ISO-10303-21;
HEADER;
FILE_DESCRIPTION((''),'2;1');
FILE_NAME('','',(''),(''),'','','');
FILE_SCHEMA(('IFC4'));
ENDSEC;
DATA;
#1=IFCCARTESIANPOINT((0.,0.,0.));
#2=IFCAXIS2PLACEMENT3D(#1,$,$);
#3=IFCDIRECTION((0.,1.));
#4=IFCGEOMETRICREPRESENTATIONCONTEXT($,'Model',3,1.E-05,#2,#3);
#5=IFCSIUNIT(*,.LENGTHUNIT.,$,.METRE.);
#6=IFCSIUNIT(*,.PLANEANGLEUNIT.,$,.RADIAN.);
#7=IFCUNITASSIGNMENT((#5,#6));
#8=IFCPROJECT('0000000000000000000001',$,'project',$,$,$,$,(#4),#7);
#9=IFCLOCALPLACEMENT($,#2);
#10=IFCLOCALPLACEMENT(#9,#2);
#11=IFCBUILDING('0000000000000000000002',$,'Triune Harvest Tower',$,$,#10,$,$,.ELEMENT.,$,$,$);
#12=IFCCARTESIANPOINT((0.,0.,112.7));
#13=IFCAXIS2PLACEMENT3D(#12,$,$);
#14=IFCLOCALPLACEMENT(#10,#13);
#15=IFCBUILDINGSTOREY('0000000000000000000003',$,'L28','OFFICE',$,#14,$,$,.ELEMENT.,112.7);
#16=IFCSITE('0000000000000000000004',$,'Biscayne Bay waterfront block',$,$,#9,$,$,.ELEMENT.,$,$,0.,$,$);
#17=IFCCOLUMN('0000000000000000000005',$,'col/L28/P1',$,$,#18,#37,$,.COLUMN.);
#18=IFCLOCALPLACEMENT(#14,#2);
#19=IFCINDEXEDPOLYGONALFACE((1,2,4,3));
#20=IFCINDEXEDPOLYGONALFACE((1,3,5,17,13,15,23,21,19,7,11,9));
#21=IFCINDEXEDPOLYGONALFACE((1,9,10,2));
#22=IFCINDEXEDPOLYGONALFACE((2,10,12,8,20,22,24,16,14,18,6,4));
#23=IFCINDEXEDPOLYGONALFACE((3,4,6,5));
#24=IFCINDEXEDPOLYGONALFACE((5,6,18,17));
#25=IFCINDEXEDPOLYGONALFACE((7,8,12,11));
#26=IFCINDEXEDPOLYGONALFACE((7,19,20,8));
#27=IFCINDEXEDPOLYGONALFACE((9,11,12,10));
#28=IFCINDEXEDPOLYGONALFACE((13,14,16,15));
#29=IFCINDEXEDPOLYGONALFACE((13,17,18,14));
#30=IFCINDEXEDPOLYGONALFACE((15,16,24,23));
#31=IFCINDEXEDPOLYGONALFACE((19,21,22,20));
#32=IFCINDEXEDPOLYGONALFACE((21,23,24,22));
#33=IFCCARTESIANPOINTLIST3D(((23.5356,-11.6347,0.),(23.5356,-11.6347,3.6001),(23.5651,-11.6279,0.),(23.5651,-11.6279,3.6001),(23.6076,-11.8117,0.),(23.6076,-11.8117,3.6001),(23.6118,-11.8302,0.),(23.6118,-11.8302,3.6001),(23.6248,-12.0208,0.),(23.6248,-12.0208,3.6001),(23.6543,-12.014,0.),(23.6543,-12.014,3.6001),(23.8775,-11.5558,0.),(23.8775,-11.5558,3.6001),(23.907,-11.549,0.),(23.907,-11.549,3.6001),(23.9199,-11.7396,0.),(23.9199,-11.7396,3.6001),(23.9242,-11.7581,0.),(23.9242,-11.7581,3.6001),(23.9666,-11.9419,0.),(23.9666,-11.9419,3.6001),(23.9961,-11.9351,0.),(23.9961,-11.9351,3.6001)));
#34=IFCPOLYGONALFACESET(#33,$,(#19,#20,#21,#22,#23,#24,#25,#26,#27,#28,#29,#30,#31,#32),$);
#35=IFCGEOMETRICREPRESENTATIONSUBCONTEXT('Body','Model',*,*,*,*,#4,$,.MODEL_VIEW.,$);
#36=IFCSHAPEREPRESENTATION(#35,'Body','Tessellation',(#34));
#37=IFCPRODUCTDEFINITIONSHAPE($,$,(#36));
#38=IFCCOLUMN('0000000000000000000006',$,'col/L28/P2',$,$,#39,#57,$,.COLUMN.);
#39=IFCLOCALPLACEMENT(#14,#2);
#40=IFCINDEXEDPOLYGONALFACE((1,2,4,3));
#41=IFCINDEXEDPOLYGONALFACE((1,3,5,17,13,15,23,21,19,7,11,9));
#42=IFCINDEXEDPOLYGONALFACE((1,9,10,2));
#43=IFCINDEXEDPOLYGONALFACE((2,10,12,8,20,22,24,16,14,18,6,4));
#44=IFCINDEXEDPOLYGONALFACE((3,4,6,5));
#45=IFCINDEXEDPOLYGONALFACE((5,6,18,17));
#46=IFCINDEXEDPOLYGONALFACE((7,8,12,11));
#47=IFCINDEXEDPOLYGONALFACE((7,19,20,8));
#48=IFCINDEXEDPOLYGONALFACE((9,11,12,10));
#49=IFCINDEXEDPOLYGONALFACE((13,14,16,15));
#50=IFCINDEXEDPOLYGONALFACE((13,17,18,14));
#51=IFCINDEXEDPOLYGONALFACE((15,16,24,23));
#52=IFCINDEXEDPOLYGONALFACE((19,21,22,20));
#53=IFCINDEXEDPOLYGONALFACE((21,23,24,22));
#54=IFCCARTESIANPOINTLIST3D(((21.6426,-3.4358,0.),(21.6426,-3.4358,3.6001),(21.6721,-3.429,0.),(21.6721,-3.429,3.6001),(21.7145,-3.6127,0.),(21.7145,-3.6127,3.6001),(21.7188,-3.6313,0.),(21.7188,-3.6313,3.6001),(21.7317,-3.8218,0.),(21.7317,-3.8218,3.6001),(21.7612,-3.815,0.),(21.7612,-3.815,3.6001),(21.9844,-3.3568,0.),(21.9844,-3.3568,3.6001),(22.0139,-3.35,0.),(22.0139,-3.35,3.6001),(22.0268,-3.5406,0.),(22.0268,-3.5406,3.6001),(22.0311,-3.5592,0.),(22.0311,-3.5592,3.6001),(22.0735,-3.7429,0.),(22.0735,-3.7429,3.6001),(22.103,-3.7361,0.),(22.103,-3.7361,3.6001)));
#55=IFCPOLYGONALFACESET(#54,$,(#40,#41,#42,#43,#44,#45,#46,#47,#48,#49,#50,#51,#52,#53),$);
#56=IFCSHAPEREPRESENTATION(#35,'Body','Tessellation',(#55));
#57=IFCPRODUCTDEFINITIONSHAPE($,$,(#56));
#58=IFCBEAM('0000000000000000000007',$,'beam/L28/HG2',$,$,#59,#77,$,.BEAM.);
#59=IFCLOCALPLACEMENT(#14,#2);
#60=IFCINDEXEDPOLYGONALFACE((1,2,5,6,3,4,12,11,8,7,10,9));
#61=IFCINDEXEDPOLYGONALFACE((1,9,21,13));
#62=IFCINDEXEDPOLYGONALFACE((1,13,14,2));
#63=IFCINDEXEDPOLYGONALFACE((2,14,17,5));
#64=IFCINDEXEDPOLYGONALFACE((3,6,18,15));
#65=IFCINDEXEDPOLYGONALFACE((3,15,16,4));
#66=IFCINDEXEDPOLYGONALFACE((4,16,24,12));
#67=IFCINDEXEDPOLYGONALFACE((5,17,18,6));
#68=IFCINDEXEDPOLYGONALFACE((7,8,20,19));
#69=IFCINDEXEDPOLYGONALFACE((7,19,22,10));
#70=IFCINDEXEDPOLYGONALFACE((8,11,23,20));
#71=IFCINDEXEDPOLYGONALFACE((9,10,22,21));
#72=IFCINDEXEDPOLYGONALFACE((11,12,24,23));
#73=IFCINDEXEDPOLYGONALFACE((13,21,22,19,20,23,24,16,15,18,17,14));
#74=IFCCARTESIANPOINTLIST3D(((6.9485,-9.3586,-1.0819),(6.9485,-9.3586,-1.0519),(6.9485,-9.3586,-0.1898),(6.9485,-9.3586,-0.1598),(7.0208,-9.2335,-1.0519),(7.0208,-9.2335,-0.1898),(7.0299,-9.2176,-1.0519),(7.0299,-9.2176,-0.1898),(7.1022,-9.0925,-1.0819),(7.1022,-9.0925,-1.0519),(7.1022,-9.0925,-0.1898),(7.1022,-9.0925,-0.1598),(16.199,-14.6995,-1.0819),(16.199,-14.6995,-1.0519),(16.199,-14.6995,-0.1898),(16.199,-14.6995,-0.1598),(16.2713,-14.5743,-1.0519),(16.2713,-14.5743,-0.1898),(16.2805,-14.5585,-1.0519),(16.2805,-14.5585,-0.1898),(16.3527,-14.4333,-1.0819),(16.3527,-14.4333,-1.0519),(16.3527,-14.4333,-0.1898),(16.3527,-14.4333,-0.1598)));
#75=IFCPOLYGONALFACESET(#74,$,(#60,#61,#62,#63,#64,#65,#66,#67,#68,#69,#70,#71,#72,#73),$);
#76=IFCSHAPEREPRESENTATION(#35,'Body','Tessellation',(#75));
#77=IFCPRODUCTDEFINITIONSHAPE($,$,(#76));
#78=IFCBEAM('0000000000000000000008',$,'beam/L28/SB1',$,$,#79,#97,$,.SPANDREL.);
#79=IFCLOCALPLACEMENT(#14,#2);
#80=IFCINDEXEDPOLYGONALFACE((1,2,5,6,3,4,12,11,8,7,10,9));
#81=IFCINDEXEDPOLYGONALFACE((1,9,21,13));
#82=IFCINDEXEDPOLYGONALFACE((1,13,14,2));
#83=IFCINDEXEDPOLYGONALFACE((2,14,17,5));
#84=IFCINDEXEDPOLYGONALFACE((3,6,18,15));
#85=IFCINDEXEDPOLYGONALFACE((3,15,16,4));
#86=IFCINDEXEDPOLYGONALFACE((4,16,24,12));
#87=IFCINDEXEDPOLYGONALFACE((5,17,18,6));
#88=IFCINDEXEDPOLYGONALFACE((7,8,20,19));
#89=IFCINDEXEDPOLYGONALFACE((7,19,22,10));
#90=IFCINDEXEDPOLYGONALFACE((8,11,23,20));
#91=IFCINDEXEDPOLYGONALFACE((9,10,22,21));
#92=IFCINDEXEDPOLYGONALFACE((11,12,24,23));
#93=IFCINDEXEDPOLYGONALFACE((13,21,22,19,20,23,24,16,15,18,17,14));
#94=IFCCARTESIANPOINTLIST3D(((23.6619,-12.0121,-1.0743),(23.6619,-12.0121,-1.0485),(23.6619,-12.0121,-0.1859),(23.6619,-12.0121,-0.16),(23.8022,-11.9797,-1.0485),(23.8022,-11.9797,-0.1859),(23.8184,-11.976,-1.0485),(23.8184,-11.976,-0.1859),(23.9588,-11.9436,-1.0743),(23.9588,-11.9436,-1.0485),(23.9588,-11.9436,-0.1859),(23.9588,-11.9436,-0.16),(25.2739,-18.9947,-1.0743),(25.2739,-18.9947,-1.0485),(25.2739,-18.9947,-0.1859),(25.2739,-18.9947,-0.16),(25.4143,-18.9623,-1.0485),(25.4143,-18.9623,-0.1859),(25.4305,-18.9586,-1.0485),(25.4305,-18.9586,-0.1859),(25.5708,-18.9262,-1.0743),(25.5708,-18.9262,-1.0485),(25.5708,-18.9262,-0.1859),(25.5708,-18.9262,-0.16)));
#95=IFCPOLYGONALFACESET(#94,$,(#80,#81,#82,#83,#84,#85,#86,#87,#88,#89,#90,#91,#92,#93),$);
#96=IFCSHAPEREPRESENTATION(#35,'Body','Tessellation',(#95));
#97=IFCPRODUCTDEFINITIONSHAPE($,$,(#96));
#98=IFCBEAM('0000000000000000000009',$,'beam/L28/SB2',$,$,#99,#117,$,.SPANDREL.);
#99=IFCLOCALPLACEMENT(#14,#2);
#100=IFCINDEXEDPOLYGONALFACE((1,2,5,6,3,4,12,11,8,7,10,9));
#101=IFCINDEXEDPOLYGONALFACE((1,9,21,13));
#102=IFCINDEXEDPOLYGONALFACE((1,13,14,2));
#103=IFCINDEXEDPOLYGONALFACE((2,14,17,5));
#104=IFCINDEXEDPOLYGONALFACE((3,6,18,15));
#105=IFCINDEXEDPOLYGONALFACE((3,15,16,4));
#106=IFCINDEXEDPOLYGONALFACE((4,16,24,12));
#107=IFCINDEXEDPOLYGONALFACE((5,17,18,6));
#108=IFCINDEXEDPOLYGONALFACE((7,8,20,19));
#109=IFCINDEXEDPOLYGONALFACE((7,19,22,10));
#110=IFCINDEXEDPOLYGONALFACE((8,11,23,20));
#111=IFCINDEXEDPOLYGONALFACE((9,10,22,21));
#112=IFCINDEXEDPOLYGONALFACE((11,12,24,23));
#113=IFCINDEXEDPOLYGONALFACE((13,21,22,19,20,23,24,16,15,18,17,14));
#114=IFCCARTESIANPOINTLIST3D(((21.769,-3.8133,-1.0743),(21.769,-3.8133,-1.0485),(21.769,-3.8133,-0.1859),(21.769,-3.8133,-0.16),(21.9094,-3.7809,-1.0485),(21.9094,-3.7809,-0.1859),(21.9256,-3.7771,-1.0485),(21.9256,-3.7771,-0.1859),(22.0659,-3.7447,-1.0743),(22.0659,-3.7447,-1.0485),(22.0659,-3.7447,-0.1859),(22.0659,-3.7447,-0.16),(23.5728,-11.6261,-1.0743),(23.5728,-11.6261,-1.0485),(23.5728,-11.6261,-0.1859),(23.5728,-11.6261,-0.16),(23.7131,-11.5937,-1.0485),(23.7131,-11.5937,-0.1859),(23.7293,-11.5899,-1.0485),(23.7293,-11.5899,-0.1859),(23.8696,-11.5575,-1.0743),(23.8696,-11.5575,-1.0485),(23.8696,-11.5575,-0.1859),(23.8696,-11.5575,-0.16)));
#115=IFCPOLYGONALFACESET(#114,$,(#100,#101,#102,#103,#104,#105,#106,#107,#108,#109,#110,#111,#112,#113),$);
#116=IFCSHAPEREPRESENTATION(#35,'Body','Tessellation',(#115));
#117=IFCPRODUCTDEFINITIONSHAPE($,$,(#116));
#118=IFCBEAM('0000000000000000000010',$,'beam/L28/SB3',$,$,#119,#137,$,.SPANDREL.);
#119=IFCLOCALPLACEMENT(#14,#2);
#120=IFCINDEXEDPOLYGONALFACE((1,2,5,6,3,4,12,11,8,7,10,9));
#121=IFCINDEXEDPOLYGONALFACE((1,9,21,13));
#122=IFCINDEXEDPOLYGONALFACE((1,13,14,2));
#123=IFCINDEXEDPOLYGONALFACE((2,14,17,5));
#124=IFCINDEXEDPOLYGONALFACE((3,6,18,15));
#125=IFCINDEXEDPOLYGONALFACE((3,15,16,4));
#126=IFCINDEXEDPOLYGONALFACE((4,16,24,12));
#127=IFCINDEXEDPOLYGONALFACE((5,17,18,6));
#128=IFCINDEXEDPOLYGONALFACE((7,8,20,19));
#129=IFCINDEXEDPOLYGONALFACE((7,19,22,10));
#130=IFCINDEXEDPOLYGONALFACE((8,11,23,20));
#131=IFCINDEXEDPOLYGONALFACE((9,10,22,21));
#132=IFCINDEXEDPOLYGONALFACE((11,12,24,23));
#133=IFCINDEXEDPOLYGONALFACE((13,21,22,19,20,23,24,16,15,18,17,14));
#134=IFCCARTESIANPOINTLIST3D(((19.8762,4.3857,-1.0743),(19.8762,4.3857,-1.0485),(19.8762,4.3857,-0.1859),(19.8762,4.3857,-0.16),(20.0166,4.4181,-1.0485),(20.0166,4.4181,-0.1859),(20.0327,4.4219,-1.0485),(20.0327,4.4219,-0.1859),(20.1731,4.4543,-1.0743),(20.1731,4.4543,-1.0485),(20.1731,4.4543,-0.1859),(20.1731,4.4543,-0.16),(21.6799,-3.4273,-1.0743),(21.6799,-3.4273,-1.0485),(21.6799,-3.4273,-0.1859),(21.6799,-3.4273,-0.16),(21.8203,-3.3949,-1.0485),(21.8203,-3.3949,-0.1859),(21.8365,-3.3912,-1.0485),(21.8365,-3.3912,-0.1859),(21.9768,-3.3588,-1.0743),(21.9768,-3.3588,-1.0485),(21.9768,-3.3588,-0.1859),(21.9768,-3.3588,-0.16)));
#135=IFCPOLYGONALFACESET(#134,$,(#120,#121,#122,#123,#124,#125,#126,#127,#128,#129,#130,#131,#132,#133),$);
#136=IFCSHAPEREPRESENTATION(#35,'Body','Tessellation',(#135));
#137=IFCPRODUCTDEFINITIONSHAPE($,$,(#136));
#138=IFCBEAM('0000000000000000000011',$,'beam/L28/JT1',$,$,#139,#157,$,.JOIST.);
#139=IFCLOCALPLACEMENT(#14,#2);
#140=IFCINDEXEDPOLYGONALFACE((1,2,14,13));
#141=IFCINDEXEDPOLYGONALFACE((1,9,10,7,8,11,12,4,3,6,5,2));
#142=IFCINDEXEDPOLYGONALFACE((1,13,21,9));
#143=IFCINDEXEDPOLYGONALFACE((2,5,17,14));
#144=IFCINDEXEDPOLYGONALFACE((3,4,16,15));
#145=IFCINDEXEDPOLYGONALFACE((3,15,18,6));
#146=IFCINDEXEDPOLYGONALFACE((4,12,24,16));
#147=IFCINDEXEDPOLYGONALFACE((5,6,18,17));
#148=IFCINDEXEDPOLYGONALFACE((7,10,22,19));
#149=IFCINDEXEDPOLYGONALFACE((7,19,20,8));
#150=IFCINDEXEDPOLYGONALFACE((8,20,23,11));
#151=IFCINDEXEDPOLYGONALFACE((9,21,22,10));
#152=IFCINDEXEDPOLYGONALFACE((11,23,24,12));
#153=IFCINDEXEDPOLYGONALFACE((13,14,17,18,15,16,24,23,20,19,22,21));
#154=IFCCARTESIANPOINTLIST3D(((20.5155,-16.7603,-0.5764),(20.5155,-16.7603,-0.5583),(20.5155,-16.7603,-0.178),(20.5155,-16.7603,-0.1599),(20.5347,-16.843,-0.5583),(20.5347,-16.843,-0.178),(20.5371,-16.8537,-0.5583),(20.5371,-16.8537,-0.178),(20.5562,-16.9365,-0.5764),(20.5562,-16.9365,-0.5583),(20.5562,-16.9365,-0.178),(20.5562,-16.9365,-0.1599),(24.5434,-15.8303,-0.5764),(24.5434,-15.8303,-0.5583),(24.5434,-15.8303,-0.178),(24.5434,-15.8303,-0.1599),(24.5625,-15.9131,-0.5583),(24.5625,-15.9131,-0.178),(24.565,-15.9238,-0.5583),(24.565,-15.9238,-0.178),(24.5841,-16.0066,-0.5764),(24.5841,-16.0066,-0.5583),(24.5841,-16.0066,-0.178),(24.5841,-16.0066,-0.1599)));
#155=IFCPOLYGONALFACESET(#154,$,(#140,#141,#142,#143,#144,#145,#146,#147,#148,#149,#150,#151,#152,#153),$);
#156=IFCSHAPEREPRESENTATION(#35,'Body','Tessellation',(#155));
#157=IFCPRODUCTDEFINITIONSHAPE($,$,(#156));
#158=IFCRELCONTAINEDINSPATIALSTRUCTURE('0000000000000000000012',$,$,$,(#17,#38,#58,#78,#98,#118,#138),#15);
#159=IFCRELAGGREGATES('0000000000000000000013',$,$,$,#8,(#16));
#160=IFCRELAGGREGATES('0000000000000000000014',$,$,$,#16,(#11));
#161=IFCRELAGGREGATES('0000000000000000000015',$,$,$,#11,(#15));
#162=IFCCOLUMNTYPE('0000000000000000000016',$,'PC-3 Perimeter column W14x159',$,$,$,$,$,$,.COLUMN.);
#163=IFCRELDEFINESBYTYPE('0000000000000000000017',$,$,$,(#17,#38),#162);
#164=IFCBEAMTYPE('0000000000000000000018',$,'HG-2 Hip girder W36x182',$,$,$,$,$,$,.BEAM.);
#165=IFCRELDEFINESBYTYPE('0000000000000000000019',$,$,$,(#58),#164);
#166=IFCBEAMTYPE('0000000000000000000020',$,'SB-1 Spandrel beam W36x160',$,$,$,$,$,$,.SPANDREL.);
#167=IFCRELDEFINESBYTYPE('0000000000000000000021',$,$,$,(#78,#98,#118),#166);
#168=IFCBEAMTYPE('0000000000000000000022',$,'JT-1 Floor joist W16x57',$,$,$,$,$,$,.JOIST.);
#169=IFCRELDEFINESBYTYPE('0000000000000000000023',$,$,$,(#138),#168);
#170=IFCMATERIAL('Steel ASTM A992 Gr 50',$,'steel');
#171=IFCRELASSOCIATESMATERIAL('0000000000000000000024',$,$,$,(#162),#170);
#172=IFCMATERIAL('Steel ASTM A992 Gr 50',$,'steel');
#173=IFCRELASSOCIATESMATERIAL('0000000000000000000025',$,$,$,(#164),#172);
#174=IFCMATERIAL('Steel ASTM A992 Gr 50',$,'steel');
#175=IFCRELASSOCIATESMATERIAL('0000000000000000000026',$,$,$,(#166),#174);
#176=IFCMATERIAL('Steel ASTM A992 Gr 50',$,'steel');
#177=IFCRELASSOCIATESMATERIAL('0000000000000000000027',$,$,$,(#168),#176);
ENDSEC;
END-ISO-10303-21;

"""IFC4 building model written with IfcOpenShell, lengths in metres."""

from ifc_helpers import new_model, si_unit, direction, frame, origin, origin_2d, place, context, subcontext, project, spatial, i_section, extrude, source, transform, mapped, material, material_profile, profile_set, type_object, element, save


model = new_model("IFC4")

# Units and contexts
model_context = context("Model", 3, precision=1e-05, world=origin(), true_north=direction((0.0, 1.0)))
body_context = subcontext(model_context, "Body", "Model", "MODEL_VIEW")
ifc_project = project(units=[si_unit("LENGTHUNIT", "METRE"), si_unit("PLANEANGLEUNIT", "RADIAN")], contexts=[model_context])

# Site, building, storey
site_placement = place(None, origin())
site = spatial("IfcSite", under=ifc_project, at=site_placement, Name="Biscayne Bay waterfront block", CompositionType="ELEMENT", RefElevation=0.0)
building_placement = place(site_placement, origin())
building = spatial("IfcBuilding", under=site, at=building_placement, Name="Triune Harvest Tower", CompositionType="ELEMENT")
storey_placement = place(building_placement, frame((0.0, 0.0, 112.7)))
storey = spatial("IfcBuildingStorey", under=building, at=storey_placement, Name="L28", Description="OFFICE", CompositionType="ELEMENT", Elevation=112.7)

# Columns
ifc_material_1 = material(Name="Steel ASTM A992 Gr 50", Category="steel")
ifc_material_profile_1 = material_profile(ifc_material_1, i_section(OverallWidth=0.3962, OverallDepth=0.3811, WebThickness=0.019, FlangeThickness=0.0303, at=origin_2d()), Name="W14x159")
ifc_profile_set_1 = profile_set([ifc_material_profile_1], Name="Steel ASTM A992 Gr 50")
column_type = type_object("IfcColumnType", Name="PC-3 Perimeter column W14x159", PredefinedType="COLUMN", material=ifc_profile_set_1)
shared_shape_1 = source(origin(), body_context, "Body", "SweptSolid", [
    extrude(i_section(OverallWidth=0.3962, OverallDepth=0.3811, WebThickness=0.019, FlangeThickness=0.0303, at=origin_2d()), origin(), (0.0, 0.0, 1.0), 3.6001),
])
for number, where, z_axis, x_axis, name in (
    (1, (23.7659, -11.7849, 0.0), (0.0, 0.0, 1.0), (-0.224953, 0.97437, 0.0), "col/L28/P1"),
    (2, (21.8728, -3.5859, 0.0), (0.0, 0.0, 1.0), (-0.224953, 0.97437, 0.0), "col/L28/P2"),
):
    element("IfcColumn", number, at=place(storey_placement, frame(where, z_axis=z_axis, x_axis=x_axis)), inside=storey, type_object=column_type, Name=name, PredefinedType="COLUMN", context=body_context, shape_type="MappedRepresentation", body=[
        mapped(shared_shape_1, transform((0.0, 0.0, 0.0), scale=1.0)),
    ])

# Beams
ifc_material_2 = material(Name="Steel ASTM A992 Gr 50", Category="steel")
ifc_material_profile_2 = material_profile(ifc_material_2, i_section(OverallWidth=0.3074, OverallDepth=0.9221, WebThickness=0.0183, FlangeThickness=0.03, at=origin_2d()), Name="W36x182")
ifc_profile_set_2 = profile_set([ifc_material_profile_2], Name="Steel ASTM A992 Gr 50")
beam_type_1 = type_object("IfcBeamType", Name="HG-2 Hip girder W36x182", PredefinedType="BEAM", material=ifc_profile_set_2)
shared_shape_2 = source(origin(), body_context, "Body", "SweptSolid", [
    extrude(i_section(OverallWidth=0.3074, OverallDepth=0.9221, WebThickness=0.0183, FlangeThickness=0.03, at=origin_2d()), origin(), (0.0, 0.0, 1.0), 10.6816),
])
beam_1_placement = place(storey_placement, frame((16.2759, -14.5664, -0.6208), z_axis=(-0.866023, 0.500003, 0.0), x_axis=(-0.500003, -0.866023, 0.0)))
element("IfcBeam", 3, at=beam_1_placement, inside=storey, type_object=beam_type_1, Name="beam/L28/HG2", PredefinedType="BEAM", context=body_context, shape_type="MappedRepresentation", body=[
    mapped(shared_shape_2, transform((0.0, 0.0, 0.0), scale=1.0)),
])
ifc_material_3 = material(Name="Steel ASTM A992 Gr 50", Category="steel")
ifc_material_profile_3 = material_profile(ifc_material_3, i_section(OverallWidth=0.3047, OverallDepth=0.9143, WebThickness=0.0166, FlangeThickness=0.0259, at=origin_2d()), Name="W36x160")
ifc_profile_set_3 = profile_set([ifc_material_profile_3], Name="Steel ASTM A992 Gr 50")
beam_type_2 = type_object("IfcBeamType", Name="SB-1 Spandrel beam W36x160", PredefinedType="SPANDREL", material=ifc_profile_set_3)
shared_shape_3 = source(origin(), body_context, "Body", "SweptSolid", [
    extrude(i_section(OverallWidth=0.3047, OverallDepth=0.9143, WebThickness=0.0166, FlangeThickness=0.0259, at=origin_2d()), origin(), (0.0, 0.0, 1.0), 7.1663),
])
beam_2_placement = place(storey_placement, frame((25.4224, -18.9604, -0.6172), z_axis=(-0.224949, 0.974371, 0.0), x_axis=(-0.974371, -0.224949, 0.0)))
element("IfcBeam", 4, at=beam_2_placement, inside=storey, type_object=beam_type_2, Name="beam/L28/SB1", PredefinedType="SPANDREL", context=body_context, shape_type="MappedRepresentation", body=[
    mapped(shared_shape_3, transform((0.0, 0.0, 0.0), scale=1.0)),
])
shared_shape_4 = source(origin(), body_context, "Body", "SweptSolid", [
    extrude(i_section(OverallWidth=0.3047, OverallDepth=0.9143, WebThickness=0.0166, FlangeThickness=0.0259, at=origin_2d()), origin(), (0.0, 0.0, 1.0), 8.0183),
])
beam_3_placement = place(storey_placement, frame((23.7212, -11.5918, -0.6172), z_axis=(-0.224951, 0.97437, 0.0), x_axis=(-0.97437, -0.224951, 0.0)))
element("IfcBeam", 5, at=beam_3_placement, inside=storey, type_object=beam_type_2, Name="beam/L28/SB2", PredefinedType="SPANDREL", context=body_context, shape_type="MappedRepresentation", body=[
    mapped(shared_shape_4, transform((0.0, 0.0, 0.0), scale=1.0)),
])
shared_shape_5 = source(origin(), body_context, "Body", "SweptSolid", [
    extrude(i_section(OverallWidth=0.3047, OverallDepth=0.9143, WebThickness=0.0166, FlangeThickness=0.0259, at=origin_2d()), origin(), (0.0, 0.0, 1.0), 8.0186),
])
beam_4_placement = place(storey_placement, frame((21.8284, -3.3931, -0.6172), z_axis=(-0.224944, 0.974372, 0.0), x_axis=(-0.974372, -0.224944, 0.0)))
element("IfcBeam", 6, at=beam_4_placement, inside=storey, type_object=beam_type_2, Name="beam/L28/SB3", PredefinedType="SPANDREL", context=body_context, shape_type="MappedRepresentation", body=[
    mapped(shared_shape_5, transform((0.0, 0.0, 0.0), scale=1.0)),
])
ifc_material_4 = material(Name="Steel ASTM A992 Gr 50", Category="steel")
ifc_material_profile_4 = material_profile(ifc_material_4, i_section(OverallWidth=0.1809, OverallDepth=0.4165, WebThickness=0.011, FlangeThickness=0.0181, at=origin_2d()), Name="W16x57")
ifc_profile_set_4 = profile_set([ifc_material_profile_4], Name="Steel ASTM A992 Gr 50")
beam_type_3 = type_object("IfcBeamType", Name="JT-1 Floor joist W16x57", PredefinedType="JOIST", material=ifc_profile_set_4)
shared_shape_6 = source(origin(), body_context, "Body", "SweptSolid", [
    extrude(i_section(OverallWidth=0.1809, OverallDepth=0.4165, WebThickness=0.011, FlangeThickness=0.0181, at=origin_2d()), origin(), (0.0, 0.0, 1.0), 4.1338),
])
beam_5_placement = place(storey_placement, frame((24.5637, -15.9185, -0.3682), z_axis=(-0.974368, -0.224959, 0.0), x_axis=(0.224959, -0.974368, 0.0)))
element("IfcBeam", 7, at=beam_5_placement, inside=storey, type_object=beam_type_3, Name="beam/L28/JT1", PredefinedType="JOIST", context=body_context, shape_type="MappedRepresentation", body=[
    mapped(shared_shape_6, transform((0.0, 0.0, 0.0), scale=1.0)),
])

save(model, "model.ifc")
